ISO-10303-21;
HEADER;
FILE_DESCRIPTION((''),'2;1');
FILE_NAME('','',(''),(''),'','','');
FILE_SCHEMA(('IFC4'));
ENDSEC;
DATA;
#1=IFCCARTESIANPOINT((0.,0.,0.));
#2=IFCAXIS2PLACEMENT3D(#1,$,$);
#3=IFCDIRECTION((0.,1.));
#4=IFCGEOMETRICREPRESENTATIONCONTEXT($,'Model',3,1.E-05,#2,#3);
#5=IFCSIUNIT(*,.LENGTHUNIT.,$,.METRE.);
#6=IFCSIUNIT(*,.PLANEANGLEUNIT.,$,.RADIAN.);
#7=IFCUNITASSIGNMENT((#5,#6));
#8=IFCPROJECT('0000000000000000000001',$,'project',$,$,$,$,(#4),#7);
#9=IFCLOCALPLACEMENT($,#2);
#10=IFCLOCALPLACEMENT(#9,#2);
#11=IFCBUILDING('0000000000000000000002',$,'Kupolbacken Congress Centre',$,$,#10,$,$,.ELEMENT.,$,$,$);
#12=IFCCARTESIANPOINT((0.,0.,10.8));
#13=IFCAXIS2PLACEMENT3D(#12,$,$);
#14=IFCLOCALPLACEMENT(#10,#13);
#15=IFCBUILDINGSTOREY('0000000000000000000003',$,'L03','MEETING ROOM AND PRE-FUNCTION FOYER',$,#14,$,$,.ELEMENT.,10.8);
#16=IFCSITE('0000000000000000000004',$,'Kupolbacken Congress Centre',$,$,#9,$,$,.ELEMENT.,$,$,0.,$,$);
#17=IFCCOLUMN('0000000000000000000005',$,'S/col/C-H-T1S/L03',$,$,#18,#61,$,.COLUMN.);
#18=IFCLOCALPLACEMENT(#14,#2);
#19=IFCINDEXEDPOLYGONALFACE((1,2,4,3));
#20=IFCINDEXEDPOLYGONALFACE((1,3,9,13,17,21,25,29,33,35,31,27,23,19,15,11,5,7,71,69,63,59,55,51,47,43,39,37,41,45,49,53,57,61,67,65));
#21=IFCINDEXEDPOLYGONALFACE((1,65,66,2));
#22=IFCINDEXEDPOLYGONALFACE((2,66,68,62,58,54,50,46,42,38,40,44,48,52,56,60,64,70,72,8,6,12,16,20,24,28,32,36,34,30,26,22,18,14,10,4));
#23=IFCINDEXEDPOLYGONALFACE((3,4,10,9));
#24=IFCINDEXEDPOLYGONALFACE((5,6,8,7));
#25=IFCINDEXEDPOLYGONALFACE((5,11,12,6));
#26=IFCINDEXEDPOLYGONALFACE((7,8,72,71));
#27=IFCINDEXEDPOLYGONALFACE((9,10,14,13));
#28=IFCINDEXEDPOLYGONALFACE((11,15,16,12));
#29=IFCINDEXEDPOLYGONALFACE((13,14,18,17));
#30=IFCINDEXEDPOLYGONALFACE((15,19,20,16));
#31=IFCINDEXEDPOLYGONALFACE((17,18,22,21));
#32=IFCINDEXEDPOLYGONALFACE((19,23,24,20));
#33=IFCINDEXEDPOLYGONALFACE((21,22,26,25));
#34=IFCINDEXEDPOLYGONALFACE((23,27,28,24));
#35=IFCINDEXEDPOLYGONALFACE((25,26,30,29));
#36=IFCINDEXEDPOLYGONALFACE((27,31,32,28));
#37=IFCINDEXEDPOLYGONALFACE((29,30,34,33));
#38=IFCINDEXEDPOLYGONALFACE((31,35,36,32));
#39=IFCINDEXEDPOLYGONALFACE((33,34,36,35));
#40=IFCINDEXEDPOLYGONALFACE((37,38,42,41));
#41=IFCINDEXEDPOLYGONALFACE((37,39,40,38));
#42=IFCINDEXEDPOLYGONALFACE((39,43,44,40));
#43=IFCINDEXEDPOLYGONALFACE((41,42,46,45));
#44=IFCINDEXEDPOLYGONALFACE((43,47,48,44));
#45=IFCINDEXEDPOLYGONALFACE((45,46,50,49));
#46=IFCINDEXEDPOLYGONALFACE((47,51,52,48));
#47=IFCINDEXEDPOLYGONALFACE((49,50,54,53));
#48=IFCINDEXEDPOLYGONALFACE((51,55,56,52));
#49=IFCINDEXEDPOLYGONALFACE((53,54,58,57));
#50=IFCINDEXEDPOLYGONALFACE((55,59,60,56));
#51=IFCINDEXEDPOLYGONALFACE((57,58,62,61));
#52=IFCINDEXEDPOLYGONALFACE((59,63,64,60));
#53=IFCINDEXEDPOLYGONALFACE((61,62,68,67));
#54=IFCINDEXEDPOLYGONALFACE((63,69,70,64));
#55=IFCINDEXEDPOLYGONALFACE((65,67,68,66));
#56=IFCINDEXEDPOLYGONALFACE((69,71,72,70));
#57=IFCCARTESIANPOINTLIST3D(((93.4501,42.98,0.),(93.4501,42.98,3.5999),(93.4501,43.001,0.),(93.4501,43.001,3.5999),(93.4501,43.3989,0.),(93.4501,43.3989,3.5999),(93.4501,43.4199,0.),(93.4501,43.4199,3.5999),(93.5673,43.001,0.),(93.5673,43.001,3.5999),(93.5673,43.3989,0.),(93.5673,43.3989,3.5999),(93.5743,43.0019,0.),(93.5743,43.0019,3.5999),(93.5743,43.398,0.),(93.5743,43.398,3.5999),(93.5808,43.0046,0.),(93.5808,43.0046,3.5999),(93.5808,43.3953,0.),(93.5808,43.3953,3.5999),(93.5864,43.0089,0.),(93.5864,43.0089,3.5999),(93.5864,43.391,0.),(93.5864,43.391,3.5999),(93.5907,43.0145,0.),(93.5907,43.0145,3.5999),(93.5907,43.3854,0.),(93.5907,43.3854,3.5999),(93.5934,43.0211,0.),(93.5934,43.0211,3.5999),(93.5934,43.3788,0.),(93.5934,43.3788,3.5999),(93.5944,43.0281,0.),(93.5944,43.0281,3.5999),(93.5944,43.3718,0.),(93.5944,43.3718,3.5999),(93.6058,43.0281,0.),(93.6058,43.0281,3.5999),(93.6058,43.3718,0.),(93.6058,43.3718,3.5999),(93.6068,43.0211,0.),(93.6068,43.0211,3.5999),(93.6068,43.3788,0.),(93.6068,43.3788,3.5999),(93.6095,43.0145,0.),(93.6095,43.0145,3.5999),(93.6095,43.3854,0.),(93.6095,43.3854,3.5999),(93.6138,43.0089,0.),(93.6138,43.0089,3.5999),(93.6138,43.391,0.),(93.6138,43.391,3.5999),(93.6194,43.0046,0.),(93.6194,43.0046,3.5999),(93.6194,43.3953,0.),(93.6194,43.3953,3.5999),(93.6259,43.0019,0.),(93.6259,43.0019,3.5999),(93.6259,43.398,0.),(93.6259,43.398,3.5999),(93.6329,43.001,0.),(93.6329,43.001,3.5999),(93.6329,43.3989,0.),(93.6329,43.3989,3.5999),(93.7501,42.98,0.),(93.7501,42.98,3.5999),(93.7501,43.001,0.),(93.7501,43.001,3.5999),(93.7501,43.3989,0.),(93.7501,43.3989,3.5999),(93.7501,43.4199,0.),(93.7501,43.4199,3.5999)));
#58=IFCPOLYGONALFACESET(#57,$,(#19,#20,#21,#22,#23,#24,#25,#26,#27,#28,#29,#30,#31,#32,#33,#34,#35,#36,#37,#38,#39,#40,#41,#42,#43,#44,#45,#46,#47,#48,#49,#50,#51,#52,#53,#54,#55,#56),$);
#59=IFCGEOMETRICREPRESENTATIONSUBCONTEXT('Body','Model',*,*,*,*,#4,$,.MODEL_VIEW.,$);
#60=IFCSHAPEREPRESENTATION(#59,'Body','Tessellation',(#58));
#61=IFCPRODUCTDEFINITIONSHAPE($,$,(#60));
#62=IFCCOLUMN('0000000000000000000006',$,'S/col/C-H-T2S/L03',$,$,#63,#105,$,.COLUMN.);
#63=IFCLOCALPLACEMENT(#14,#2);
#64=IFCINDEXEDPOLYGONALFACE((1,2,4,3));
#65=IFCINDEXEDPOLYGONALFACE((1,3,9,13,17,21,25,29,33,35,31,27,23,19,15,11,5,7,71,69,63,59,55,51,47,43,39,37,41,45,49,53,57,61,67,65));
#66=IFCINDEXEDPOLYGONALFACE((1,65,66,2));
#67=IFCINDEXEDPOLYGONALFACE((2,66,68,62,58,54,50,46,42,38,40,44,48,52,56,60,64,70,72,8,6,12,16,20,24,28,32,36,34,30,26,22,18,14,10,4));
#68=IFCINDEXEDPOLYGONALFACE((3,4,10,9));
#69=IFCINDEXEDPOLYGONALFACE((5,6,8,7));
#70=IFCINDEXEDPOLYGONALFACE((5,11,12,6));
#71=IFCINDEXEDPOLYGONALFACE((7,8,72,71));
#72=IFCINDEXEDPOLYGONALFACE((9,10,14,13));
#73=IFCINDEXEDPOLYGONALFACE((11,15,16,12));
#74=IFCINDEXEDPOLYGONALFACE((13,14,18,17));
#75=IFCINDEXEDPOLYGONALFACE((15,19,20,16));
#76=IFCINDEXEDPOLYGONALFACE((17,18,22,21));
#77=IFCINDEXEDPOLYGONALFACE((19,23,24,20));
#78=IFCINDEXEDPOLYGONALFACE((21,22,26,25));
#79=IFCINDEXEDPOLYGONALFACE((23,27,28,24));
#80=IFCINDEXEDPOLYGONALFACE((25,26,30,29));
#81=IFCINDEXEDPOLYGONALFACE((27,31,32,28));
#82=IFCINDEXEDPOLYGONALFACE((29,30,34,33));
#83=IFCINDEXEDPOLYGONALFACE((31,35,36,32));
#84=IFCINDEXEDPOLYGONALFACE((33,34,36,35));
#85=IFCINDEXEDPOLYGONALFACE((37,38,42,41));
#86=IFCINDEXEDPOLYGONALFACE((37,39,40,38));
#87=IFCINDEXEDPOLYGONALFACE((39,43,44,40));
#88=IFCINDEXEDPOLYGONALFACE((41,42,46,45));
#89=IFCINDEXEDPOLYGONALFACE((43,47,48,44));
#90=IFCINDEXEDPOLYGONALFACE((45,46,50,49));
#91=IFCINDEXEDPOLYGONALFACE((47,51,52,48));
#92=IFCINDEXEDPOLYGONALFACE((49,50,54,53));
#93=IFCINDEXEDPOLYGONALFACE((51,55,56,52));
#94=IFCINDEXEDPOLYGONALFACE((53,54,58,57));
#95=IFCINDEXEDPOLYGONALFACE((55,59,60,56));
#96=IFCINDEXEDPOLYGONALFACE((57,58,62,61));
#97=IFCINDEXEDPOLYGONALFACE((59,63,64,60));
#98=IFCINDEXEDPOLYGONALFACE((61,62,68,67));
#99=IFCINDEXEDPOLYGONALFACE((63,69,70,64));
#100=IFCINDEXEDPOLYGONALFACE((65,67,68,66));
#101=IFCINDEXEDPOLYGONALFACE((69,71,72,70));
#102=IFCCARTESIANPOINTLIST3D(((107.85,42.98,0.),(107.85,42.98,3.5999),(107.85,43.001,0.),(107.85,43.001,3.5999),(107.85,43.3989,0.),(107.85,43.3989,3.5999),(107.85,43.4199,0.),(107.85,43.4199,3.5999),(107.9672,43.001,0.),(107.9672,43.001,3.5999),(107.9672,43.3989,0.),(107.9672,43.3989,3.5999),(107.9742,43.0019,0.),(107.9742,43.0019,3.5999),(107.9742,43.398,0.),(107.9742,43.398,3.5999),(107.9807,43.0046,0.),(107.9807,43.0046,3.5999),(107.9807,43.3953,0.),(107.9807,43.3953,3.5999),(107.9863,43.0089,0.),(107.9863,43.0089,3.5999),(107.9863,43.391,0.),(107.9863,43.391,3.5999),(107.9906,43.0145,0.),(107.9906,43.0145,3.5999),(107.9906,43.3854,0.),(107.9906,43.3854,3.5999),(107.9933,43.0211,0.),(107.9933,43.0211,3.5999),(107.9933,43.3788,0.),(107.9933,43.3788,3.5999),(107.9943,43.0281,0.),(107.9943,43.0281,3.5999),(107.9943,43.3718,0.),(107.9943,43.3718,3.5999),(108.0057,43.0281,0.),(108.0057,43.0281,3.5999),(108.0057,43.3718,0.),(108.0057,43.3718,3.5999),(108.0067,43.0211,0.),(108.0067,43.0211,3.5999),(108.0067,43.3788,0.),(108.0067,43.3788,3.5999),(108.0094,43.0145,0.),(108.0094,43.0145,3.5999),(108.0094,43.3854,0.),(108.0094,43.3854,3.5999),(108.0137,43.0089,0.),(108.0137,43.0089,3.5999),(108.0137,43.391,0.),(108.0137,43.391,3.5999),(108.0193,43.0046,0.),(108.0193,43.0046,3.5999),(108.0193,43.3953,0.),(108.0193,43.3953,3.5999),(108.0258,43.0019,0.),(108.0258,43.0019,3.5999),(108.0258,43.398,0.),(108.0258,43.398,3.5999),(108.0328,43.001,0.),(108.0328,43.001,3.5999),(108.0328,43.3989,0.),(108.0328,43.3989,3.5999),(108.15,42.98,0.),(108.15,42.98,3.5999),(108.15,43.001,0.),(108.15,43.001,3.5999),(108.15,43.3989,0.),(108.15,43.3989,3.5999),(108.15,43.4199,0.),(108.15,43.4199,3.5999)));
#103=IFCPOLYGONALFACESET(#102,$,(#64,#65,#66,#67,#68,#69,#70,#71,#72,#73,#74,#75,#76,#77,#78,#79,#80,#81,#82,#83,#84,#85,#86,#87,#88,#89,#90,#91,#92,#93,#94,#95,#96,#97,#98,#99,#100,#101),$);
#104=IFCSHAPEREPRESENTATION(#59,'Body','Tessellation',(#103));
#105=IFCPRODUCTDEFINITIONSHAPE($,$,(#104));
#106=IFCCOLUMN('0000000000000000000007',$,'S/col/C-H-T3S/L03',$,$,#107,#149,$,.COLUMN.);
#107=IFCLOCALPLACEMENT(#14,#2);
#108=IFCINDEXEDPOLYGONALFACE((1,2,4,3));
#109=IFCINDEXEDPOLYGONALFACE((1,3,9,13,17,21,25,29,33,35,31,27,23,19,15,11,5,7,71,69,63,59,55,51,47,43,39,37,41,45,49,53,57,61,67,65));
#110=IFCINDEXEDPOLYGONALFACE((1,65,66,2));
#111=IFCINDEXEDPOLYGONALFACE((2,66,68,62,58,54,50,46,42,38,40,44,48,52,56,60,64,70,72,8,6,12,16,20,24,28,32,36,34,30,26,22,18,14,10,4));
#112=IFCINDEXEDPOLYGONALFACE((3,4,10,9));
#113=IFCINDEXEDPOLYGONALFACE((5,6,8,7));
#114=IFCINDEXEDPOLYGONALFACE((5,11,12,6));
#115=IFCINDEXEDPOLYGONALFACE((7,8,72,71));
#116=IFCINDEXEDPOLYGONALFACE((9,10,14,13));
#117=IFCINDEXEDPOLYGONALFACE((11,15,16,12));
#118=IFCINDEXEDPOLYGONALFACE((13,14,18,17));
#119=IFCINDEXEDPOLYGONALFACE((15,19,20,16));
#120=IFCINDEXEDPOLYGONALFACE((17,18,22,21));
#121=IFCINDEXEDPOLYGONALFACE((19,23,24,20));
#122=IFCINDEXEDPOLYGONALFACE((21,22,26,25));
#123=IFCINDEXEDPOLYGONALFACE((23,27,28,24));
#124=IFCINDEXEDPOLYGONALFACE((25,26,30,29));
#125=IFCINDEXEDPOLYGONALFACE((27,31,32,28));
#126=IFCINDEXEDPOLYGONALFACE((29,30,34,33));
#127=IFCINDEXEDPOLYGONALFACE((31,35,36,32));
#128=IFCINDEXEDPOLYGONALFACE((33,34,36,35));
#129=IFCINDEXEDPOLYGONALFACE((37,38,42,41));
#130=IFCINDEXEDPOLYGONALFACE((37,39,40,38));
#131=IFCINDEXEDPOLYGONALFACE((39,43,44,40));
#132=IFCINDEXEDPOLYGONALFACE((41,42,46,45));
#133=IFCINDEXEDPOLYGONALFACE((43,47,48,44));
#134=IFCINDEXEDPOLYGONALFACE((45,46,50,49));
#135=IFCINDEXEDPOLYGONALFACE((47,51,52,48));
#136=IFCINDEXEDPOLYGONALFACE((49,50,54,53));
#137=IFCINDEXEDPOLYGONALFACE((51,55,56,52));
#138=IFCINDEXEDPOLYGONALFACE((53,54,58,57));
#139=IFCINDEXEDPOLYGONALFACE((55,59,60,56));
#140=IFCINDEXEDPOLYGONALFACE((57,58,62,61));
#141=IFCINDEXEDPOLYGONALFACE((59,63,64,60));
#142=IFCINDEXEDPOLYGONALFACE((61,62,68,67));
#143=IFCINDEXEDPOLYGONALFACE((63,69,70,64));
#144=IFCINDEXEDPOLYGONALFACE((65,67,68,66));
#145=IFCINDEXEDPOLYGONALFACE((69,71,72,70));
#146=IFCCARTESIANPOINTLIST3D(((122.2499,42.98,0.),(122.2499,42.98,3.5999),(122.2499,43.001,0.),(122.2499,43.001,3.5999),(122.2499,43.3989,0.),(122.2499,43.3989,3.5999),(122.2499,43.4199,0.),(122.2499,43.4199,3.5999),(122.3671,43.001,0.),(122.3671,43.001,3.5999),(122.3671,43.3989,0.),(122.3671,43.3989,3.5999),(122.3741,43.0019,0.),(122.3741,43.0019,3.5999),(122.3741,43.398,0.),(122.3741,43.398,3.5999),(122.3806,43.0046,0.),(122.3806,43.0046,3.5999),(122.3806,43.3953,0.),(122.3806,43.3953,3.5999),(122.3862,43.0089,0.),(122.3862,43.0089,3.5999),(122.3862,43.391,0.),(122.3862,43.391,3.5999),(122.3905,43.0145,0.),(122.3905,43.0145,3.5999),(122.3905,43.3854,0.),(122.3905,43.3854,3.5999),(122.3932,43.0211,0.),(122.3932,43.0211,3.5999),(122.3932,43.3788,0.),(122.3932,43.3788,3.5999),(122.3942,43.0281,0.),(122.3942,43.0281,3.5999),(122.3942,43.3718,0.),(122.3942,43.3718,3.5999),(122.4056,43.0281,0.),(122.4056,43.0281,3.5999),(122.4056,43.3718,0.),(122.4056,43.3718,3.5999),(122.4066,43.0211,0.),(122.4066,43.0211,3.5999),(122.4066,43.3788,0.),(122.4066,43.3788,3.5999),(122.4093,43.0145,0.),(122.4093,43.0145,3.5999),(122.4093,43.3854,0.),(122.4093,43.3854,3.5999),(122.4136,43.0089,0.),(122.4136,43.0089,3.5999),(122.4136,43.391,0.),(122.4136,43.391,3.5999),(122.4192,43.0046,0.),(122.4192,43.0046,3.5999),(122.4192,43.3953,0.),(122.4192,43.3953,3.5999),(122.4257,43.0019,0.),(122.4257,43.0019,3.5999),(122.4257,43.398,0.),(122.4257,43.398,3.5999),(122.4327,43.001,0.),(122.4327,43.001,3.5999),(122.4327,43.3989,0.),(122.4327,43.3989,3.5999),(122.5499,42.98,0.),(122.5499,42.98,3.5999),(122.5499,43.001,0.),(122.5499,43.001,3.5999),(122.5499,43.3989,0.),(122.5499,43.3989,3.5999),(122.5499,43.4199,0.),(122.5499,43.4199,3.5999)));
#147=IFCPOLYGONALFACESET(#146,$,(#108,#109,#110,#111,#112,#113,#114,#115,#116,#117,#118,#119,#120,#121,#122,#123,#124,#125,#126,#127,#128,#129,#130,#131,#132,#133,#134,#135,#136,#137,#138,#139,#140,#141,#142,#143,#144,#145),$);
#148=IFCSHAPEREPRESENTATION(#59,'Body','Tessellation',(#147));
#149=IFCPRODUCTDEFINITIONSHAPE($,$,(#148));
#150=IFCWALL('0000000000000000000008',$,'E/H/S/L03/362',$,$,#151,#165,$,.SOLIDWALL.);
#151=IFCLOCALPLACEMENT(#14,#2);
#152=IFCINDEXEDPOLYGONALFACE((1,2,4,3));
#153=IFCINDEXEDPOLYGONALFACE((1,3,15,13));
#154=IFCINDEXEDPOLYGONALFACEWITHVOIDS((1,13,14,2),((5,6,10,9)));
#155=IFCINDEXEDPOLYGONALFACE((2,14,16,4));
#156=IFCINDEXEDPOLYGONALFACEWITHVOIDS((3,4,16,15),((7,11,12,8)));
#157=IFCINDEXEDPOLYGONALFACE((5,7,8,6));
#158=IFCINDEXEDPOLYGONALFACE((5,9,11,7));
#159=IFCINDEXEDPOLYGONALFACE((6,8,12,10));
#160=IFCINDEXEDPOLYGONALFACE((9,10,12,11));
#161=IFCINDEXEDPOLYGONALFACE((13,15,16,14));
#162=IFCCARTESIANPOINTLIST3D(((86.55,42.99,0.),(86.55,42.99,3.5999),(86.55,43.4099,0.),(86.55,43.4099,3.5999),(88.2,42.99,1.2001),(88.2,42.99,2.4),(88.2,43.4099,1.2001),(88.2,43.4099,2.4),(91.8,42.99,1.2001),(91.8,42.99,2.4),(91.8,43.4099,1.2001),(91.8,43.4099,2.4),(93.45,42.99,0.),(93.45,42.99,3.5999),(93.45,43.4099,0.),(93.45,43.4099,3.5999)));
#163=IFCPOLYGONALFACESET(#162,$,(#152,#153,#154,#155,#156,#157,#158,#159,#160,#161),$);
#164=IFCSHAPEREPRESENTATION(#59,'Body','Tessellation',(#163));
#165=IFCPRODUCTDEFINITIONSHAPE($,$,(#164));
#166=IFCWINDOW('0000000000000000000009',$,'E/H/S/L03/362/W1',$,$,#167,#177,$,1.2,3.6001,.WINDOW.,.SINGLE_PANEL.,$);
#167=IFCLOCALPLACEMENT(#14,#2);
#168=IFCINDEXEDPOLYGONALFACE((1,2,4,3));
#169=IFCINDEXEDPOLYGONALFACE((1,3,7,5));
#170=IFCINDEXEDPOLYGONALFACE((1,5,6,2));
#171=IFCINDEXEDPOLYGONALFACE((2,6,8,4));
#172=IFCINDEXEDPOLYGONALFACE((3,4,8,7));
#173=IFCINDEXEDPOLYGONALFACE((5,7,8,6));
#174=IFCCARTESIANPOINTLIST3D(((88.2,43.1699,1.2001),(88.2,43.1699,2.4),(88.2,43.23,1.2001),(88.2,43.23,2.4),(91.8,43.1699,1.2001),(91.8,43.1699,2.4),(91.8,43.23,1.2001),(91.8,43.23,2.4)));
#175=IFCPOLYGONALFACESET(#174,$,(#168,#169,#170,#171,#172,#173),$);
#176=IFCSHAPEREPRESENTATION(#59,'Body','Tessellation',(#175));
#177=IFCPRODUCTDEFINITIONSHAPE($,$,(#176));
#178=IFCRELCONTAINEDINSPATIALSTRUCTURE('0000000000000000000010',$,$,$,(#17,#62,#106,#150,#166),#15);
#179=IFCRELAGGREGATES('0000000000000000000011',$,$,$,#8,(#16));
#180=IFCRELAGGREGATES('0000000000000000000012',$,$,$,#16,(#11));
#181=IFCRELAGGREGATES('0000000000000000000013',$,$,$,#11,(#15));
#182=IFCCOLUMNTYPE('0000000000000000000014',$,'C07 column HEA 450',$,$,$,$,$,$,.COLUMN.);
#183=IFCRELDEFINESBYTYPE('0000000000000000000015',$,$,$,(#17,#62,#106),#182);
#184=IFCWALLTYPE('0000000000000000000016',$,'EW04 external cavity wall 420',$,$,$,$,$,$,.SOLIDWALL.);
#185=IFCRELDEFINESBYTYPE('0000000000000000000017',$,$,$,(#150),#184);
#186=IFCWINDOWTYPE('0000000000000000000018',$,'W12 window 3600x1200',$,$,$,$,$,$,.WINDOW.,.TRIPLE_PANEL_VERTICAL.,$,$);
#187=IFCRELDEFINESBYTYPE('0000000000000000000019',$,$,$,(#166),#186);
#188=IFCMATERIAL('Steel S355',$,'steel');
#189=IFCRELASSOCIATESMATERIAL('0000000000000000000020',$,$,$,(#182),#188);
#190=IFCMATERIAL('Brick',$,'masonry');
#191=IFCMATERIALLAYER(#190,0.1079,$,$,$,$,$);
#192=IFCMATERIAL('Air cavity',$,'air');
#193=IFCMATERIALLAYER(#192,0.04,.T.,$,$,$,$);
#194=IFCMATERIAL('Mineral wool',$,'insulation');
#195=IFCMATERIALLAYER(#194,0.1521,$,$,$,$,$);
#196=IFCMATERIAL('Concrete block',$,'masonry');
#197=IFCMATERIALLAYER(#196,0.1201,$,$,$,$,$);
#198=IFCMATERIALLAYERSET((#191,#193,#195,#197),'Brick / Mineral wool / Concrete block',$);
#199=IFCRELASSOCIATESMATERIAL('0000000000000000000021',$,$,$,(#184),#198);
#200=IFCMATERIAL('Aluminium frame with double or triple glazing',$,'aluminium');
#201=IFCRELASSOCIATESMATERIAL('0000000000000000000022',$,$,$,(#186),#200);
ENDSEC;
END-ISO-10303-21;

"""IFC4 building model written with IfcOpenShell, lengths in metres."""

from ifc_helpers import new_model, si_unit, direction, frame, frame_2d, origin, origin_2d, place, context, subcontext, project, spatial, rectangle, i_section, extrude, material, layer, layer_set, material_profile, profile_set, type_object, element, fill, save


model = new_model("IFC4")

# Units and contexts
model_context = context("Model", 3, precision=1e-05, world=origin(), true_north=direction((0.0, 1.0)))
body_context = subcontext(model_context, "Body", "Model", "MODEL_VIEW")
ifc_project = project(units=[si_unit("LENGTHUNIT", "METRE"), si_unit("PLANEANGLEUNIT", "RADIAN")], contexts=[model_context])

# Site, building, storey
site_placement = place(None, origin())
site = spatial("IfcSite", under=ifc_project, at=site_placement, Name="Kupolbacken Congress Centre", CompositionType="ELEMENT", RefElevation=0.0)
building_placement = place(site_placement, origin())
building = spatial("IfcBuilding", under=site, at=building_placement, Name="Kupolbacken Congress Centre", CompositionType="ELEMENT")
storey_placement = place(building_placement, frame((0.0, 0.0, 10.8)))
storey = spatial("IfcBuildingStorey", under=building, at=storey_placement, Name="L03", Description="MEETING ROOM AND PRE-FUNCTION FOYER", CompositionType="ELEMENT", Elevation=10.8)

# Columns
ifc_material_1 = material(Name="Steel S355", Category="steel")
ifc_material_profile = material_profile(ifc_material_1, i_section(OverallWidth=0.3, OverallDepth=0.4399, WebThickness=0.0115, FlangeThickness=0.021, FilletRadius=0.0271, at=origin_2d()), Name="HEA 450")
ifc_profile_set = profile_set([ifc_material_profile], Name="Steel S355")
column_type = type_object("IfcColumnType", Name="C07 column HEA 450", PredefinedType="COLUMN", material=ifc_profile_set)
for number, where, z_axis, x_axis, name in (
    (1, (93.6001, 43.2, 0.0), (0.0, 0.0, 1.0), (1.0, 0.0, 0.0), "S/col/C-H-T1S/L03"),
    (2, (108.0, 43.2, 0.0), (0.0, 0.0, 1.0), (1.0, 0.0, 0.0), "S/col/C-H-T2S/L03"),
    (3, (122.3999, 43.2, 0.0), (0.0, 0.0, 1.0), (1.0, 0.0, 0.0), "S/col/C-H-T3S/L03"),
):
    element("IfcColumn", number, at=place(storey_placement, frame(where, z_axis=z_axis, x_axis=x_axis)), inside=storey, type_object=column_type, Name=name, PredefinedType="COLUMN", context=body_context, shape_type="SweptSolid", body=[
        extrude(i_section(OverallWidth=0.3, OverallDepth=0.4399, WebThickness=0.0115, FlangeThickness=0.021, FilletRadius=0.0271, at=origin_2d()), origin(), (0.0, 0.0, 1.0), 3.5999),
    ])

# Wall, opening, window
ifc_material_2 = material(Name="Brick", Category="masonry")
ifc_layer_1 = layer(ifc_material_2, 0.1079)
ifc_material_3 = material(Name="Air cavity", Category="air")
ifc_layer_2 = layer(ifc_material_3, 0.04, ventilated=True)
ifc_material_4 = material(Name="Mineral wool", Category="insulation")
ifc_layer_3 = layer(ifc_material_4, 0.1521)
ifc_material_5 = material(Name="Concrete block", Category="masonry")
ifc_layer_4 = layer(ifc_material_5, 0.1201)
ifc_layer_set_1 = layer_set([ifc_layer_1, ifc_layer_2, ifc_layer_3, ifc_layer_4], Name="Brick / Mineral wool / Concrete block")
wall_type_1 = type_object("IfcWallType", Name="EW04 external cavity wall 420", PredefinedType="SOLIDWALL", material=ifc_layer_set_1)
wall_1_placement = place(storey_placement, frame((86.55, 43.2, 0.0), z_axis=(0.0, 0.0, 1.0), x_axis=(1.0, 0.0, 0.0)))
wall_1 = element("IfcWall", 4, at=wall_1_placement, inside=storey, type_object=wall_type_1, Name="E/H/S/L03/362", PredefinedType="SOLIDWALL", context=body_context, shape_type="SweptSolid", body=[
    extrude(rectangle(XDim=6.8999, YDim=0.4199, at=frame_2d((3.45, 0.0))), origin(), (0.0, 0.0, 1.0), 3.5999),
])
opening_1_placement = place(wall_1_placement, frame((1.6499, 0.0, 1.2)))
opening_1 = element("IfcOpeningElement", 5, at=opening_1_placement, cuts=wall_1, PredefinedType="OPENING", context=body_context, shape_type="SweptSolid", body=[
    extrude(rectangle(XDim=3.6001, YDim=1.2, at=frame_2d((1.8, 0.6001))), frame((0.0, 0.22, 0.0), z_axis=(0.0, -1.0, 0.0), x_axis=(1.0, 0.0, 0.0)), (0.0, 0.0, 1.0), 0.4399),
])
ifc_material_6 = material(Name="Aluminium frame with double or triple glazing", Category="aluminium")
window_type = type_object("IfcWindowType", Name="W12 window 3600x1200", PartitioningType="TRIPLE_PANEL_VERTICAL", PredefinedType="WINDOW", material=ifc_material_6)
window_1_placement = place(opening_1_placement, origin())
window_1 = element("IfcWindow", 6, at=window_1_placement, inside=storey, type_object=window_type, Name="E/H/S/L03/362/W1", OverallHeight=1.2, OverallWidth=3.6001, PartitioningType="SINGLE_PANEL", PredefinedType="WINDOW", context=body_context, shape_type="SweptSolid", body=[
    extrude(rectangle(XDim=3.6001, YDim=1.2, at=frame_2d((1.8, 0.6001))), frame((0.0, 0.03, 0.0), z_axis=(0.0, -1.0, 0.0), x_axis=(1.0, 0.0, 0.0)), (0.0, 0.0, 1.0), 0.0601),
])
fill(opening_1, window_1)

save(model, "model.ifc")
